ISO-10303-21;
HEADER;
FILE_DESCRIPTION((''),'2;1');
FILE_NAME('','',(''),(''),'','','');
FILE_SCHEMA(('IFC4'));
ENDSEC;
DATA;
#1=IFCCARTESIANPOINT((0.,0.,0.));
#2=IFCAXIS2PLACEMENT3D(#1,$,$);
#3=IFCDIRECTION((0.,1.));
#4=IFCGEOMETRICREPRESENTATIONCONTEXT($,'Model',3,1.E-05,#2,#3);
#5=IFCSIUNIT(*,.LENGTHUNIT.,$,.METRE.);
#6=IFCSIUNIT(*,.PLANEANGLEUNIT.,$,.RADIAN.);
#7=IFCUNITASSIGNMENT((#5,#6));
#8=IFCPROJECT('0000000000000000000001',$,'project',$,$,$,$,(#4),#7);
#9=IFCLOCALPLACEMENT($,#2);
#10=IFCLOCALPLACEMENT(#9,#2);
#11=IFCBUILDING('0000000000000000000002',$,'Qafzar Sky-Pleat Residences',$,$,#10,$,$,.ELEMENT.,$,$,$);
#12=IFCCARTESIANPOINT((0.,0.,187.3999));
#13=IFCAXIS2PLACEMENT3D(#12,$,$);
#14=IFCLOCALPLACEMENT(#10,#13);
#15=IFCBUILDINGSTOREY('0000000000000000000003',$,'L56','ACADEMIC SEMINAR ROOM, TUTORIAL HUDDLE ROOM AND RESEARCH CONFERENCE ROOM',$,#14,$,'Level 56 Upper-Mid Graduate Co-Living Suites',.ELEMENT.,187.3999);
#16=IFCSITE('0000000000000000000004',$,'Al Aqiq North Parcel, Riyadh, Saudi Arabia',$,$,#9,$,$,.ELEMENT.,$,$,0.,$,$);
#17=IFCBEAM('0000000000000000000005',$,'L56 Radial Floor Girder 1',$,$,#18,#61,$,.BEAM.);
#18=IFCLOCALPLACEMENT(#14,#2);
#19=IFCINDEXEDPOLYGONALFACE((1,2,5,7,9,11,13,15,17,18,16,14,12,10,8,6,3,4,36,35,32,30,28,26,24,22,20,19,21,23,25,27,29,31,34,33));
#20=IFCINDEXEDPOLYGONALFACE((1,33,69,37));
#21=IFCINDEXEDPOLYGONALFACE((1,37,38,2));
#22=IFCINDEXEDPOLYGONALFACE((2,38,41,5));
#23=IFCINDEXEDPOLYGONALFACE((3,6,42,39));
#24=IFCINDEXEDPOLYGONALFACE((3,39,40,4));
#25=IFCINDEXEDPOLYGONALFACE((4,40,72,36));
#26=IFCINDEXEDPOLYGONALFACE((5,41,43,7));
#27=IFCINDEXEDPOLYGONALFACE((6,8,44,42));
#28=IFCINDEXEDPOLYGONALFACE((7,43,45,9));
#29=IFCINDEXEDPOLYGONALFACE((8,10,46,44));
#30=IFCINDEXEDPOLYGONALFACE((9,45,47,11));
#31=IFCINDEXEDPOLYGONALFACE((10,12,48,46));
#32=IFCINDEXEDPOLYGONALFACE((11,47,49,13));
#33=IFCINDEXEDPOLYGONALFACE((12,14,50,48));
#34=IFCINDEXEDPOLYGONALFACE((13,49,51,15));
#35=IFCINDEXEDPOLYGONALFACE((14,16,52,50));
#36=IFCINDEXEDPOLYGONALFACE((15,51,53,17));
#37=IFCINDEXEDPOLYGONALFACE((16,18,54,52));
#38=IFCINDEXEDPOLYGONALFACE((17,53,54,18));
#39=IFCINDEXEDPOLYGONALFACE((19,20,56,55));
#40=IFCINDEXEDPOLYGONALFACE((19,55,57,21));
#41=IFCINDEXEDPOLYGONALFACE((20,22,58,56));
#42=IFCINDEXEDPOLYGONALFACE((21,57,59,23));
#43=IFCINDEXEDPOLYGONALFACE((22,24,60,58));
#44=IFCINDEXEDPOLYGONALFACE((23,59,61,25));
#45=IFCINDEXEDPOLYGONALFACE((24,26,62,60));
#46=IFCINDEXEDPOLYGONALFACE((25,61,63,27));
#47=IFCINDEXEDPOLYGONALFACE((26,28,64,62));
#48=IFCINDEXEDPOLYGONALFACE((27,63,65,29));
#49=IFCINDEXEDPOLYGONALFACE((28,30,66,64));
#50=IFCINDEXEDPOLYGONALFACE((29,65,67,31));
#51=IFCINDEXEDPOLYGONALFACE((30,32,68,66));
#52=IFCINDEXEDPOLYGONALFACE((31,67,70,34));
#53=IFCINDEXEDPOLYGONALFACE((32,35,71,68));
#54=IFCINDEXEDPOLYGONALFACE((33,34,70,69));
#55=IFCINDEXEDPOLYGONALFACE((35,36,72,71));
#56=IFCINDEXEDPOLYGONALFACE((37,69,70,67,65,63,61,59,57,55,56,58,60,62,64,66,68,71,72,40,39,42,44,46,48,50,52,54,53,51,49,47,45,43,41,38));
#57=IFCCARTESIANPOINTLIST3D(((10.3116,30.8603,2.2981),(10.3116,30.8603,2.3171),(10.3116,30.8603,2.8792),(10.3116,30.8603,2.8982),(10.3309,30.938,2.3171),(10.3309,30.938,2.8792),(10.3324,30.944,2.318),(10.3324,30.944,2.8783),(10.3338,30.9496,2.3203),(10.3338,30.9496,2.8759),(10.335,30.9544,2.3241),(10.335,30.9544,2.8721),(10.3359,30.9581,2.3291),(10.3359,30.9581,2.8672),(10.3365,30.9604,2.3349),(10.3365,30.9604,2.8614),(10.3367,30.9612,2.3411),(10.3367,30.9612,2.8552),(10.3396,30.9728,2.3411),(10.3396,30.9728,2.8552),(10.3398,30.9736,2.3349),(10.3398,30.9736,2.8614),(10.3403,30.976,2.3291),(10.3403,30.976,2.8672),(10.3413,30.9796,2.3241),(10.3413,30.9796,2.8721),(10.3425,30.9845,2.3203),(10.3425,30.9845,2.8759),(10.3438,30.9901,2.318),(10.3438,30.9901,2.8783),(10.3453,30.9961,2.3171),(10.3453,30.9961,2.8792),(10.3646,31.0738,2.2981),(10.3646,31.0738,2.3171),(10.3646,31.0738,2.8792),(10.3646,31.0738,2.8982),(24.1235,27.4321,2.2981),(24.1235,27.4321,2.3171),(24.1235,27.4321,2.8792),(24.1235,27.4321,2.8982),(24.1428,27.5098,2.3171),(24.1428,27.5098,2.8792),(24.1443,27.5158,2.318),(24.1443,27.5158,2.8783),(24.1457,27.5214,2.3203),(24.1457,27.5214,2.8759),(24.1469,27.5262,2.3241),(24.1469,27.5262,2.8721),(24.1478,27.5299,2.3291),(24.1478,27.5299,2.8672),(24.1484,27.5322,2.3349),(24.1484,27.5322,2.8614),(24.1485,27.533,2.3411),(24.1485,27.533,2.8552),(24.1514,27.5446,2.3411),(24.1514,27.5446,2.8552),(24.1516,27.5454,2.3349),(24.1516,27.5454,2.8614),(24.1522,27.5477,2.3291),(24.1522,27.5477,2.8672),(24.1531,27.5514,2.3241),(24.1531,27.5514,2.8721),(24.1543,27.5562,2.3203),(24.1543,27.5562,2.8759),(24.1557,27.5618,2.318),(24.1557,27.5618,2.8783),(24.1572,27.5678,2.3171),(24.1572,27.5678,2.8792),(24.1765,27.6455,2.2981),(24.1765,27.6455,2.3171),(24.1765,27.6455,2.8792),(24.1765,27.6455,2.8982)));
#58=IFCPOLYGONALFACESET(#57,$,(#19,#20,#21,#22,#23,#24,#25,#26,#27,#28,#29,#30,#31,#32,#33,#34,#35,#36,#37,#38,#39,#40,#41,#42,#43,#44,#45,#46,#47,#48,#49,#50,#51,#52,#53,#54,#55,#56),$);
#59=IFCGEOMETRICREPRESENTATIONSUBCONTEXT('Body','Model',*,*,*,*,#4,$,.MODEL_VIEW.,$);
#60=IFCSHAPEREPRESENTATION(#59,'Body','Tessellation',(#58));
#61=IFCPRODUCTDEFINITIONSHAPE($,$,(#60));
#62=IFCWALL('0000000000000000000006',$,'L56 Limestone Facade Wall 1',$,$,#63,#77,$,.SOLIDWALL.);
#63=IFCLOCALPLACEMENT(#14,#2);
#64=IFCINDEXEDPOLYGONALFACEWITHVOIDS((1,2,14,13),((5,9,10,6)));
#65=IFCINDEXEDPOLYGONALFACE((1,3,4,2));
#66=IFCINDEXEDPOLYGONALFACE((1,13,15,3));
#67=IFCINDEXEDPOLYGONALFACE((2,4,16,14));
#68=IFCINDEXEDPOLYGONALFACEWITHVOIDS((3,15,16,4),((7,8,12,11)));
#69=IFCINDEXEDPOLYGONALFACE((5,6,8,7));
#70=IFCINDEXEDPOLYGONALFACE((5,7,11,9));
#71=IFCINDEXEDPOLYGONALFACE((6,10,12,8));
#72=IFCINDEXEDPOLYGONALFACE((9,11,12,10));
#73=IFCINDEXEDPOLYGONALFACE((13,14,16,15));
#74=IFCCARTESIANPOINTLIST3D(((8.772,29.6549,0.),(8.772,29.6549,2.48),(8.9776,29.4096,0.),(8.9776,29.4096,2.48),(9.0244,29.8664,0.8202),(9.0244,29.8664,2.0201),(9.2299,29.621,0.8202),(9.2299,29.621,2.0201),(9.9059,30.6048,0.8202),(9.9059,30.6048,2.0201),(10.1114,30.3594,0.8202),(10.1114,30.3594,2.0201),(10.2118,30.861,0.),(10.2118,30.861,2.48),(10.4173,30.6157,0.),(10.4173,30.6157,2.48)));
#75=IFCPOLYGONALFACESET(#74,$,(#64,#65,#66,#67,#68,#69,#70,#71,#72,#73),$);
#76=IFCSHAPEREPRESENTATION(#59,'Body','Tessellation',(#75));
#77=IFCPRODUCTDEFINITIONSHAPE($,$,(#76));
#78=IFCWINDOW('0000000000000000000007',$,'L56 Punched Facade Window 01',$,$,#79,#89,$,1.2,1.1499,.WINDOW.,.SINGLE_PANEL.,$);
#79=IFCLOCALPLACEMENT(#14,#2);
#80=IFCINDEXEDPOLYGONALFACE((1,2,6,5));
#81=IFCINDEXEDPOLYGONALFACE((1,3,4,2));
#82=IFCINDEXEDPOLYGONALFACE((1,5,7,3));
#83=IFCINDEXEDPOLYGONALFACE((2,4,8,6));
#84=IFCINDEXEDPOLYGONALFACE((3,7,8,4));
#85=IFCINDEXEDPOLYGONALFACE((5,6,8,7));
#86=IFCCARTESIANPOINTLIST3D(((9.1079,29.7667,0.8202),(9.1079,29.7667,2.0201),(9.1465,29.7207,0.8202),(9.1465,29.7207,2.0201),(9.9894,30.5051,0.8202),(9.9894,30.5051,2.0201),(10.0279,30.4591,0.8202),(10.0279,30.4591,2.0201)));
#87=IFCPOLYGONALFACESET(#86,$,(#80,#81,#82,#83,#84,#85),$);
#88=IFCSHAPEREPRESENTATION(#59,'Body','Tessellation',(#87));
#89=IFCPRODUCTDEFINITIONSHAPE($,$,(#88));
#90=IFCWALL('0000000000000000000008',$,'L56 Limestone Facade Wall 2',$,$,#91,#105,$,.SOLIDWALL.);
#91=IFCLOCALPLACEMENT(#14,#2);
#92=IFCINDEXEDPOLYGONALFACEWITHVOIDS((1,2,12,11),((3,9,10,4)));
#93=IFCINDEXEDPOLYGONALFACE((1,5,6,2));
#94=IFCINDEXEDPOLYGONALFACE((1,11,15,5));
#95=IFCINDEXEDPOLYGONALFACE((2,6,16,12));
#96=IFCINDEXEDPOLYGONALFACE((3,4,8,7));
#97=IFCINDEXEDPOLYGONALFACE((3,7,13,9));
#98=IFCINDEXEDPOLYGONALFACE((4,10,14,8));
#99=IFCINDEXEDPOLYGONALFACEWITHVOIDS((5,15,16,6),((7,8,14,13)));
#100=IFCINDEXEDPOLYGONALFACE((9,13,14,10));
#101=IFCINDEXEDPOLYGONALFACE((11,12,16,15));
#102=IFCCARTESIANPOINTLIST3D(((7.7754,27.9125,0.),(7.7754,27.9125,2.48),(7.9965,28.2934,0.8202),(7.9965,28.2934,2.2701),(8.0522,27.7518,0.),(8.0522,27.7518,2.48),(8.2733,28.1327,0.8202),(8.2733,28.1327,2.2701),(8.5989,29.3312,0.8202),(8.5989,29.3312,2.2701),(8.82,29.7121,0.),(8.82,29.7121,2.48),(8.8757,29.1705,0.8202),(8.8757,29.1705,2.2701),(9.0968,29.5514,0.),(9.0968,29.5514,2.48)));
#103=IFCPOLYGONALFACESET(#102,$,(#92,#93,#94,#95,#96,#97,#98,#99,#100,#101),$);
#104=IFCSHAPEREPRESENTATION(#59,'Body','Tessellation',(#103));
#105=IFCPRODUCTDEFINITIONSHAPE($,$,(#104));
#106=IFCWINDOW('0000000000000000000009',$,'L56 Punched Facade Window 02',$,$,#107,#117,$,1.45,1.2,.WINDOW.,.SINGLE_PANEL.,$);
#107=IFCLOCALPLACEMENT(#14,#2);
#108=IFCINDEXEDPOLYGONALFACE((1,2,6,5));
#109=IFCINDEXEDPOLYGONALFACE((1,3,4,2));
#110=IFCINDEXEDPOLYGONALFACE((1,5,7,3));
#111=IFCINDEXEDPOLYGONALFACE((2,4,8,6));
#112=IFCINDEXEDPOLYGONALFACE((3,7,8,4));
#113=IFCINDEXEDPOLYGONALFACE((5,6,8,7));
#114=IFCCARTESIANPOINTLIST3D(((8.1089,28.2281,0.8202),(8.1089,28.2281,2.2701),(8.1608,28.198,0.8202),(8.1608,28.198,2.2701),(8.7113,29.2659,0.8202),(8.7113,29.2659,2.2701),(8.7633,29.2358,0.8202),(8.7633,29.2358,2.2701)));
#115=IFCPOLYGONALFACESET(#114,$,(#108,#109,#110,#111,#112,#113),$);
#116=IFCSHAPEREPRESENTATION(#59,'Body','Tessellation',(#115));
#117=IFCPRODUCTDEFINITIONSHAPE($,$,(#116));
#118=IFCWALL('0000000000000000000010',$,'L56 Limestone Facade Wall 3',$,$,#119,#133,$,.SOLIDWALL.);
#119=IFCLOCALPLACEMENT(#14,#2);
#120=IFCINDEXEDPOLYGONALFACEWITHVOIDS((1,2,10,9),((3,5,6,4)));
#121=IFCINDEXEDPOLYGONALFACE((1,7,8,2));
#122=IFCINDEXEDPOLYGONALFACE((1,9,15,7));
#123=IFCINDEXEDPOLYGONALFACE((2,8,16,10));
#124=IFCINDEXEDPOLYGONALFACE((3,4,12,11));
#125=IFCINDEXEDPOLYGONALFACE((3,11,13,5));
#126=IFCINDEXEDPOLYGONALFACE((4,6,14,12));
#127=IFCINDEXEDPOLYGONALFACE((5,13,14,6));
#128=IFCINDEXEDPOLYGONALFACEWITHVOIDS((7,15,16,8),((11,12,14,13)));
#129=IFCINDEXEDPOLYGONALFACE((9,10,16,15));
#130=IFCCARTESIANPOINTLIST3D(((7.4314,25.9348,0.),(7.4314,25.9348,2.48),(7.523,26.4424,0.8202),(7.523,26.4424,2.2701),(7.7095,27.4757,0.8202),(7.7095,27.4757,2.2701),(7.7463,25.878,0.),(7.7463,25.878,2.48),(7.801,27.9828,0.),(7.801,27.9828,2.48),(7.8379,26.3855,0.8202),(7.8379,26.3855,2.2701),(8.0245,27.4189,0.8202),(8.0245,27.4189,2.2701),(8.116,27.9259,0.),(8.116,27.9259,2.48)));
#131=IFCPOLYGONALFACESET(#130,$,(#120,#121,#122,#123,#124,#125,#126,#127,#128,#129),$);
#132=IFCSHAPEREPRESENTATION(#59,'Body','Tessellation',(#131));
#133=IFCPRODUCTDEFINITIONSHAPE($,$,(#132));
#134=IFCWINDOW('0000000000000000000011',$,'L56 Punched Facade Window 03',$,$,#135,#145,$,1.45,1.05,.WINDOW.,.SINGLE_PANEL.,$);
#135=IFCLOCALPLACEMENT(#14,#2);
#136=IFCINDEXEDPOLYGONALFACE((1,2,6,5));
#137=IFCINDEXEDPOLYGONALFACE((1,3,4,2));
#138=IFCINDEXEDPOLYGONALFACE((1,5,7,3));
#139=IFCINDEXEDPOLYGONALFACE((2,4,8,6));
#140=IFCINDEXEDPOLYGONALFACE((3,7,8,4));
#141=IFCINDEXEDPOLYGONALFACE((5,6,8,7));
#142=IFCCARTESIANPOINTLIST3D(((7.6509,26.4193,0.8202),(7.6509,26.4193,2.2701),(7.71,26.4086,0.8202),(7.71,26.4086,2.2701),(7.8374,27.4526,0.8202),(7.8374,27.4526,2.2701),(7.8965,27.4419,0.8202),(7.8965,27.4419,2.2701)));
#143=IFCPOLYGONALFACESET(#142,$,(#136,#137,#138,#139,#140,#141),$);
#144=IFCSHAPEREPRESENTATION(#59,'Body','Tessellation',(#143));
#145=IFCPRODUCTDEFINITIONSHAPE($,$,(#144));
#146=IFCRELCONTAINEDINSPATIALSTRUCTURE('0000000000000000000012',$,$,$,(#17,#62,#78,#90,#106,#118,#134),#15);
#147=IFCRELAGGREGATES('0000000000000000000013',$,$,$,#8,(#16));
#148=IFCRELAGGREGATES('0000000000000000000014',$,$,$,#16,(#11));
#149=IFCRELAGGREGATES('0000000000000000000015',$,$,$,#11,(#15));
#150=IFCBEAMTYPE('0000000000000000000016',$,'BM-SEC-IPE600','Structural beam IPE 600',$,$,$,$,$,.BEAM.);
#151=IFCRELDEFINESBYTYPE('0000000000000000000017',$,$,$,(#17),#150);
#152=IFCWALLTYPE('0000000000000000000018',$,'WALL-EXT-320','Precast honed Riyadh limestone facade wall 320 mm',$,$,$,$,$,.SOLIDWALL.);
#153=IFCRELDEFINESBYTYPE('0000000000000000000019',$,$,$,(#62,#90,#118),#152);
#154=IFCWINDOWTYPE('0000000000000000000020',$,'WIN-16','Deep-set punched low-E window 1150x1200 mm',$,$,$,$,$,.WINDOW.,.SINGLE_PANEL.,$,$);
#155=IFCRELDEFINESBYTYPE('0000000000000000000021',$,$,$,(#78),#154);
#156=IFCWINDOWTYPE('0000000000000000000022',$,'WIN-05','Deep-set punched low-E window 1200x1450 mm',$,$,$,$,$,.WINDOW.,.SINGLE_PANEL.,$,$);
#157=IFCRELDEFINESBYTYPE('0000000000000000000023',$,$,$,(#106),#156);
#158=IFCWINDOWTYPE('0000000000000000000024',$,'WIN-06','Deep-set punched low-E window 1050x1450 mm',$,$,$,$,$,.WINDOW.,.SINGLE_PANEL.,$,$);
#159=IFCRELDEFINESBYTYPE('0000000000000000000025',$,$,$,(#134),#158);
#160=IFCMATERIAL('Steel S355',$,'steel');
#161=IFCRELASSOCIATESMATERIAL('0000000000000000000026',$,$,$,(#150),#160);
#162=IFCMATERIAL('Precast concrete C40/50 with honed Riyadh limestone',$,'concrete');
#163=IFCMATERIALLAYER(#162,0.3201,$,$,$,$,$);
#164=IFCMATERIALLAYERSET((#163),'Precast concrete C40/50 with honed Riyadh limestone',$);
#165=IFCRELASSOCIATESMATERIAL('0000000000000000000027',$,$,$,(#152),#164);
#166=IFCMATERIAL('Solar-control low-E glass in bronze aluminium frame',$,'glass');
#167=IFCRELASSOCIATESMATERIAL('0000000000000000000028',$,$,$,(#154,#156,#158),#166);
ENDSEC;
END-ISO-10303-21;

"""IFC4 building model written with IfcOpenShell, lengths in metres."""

from ifc_helpers import new_model, si_unit, direction, frame, frame_2d, origin, origin_2d, place, context, subcontext, project, spatial, rectangle, i_section, extrude, source, transform, mapped, material, layer, layer_set, material_profile, profile_set, type_object, element, fill, save


model = new_model("IFC4")

# Units and contexts
model_context = context("Model", 3, precision=1e-05, world=origin(), true_north=direction((0.0, 1.0)))
body_context = subcontext(model_context, "Body", "Model", "MODEL_VIEW")
ifc_project = project(units=[si_unit("LENGTHUNIT", "METRE"), si_unit("PLANEANGLEUNIT", "RADIAN")], contexts=[model_context])

# Site, building, storey
site_placement = place(None, origin())
site = spatial("IfcSite", under=ifc_project, at=site_placement, Name="Al Aqiq North Parcel, Riyadh, Saudi Arabia", CompositionType="ELEMENT", RefElevation=0.0)
building_placement = place(site_placement, origin())
building = spatial("IfcBuilding", under=site, at=building_placement, Name="Qafzar Sky-Pleat Residences", CompositionType="ELEMENT")
storey_placement = place(building_placement, frame((0.0, 0.0, 187.3999)))
storey = spatial("IfcBuildingStorey", under=building, at=storey_placement, Name="L56", Description="ACADEMIC SEMINAR ROOM, TUTORIAL HUDDLE ROOM AND RESEARCH CONFERENCE ROOM", LongName="Level 56 Upper-Mid Graduate Co-Living Suites", CompositionType="ELEMENT", Elevation=187.3999)

# Shared definitions
ifc_material_1 = material(Name="Steel S355", Category="steel")

# Beam
ifc_material_profile_1 = material_profile(ifc_material_1, i_section(OverallWidth=0.22, OverallDepth=0.6001, WebThickness=0.012, FlangeThickness=0.019, FilletRadius=0.0239, at=origin_2d()), Name="IPE 600")
ifc_profile_set_1 = profile_set([ifc_material_profile_1], Name="Steel S355")
beam_type_1 = type_object("IfcBeamType", Name="BM-SEC-IPE600", Description="Structural beam IPE 600", PredefinedType="BEAM", material=ifc_profile_set_1)
shared_shape_1 = source(origin(), body_context, "Body", "SweptSolid", [
    extrude(i_section(OverallWidth=0.22, OverallDepth=0.6001, WebThickness=0.012, FlangeThickness=0.019, FilletRadius=0.0239, at=origin_2d()), origin(), (0.0, 0.0, 1.0), 14.231),
])
beam_1_placement = place(storey_placement, frame((10.3381, 30.967, 2.5981), z_axis=(0.97055, -0.2409, 0.0), x_axis=(0.2409, 0.97055, 0.0)))
element("IfcBeam", 1, at=beam_1_placement, inside=storey, type_object=beam_type_1, Name="L56 Radial Floor Girder 1", PredefinedType="BEAM", context=body_context, shape_type="MappedRepresentation", body=[
    mapped(shared_shape_1, transform((0.0, 0.0, 0.0), x_axis=(1.0, 0.0, 0.0), y_axis=(0.0, 1.0, 0.0), z_axis=(0.0, 0.0, 1.0), scale=1.0)),
])

# Walls, openings, windows
ifc_material_2 = material(Name="Precast concrete C40/50 with honed Riyadh limestone", Category="concrete")
ifc_layer_1 = layer(ifc_material_2, 0.3201)
ifc_layer_set_1 = layer_set([ifc_layer_1], Name="Precast concrete C40/50 with honed Riyadh limestone")
wall_type_1 = type_object("IfcWallType", Name="WALL-EXT-320", Description="Precast honed Riyadh limestone facade wall 320 mm", PredefinedType="SOLIDWALL", material=ifc_layer_set_1)
wall_1_placement = place(storey_placement, frame((10.3145, 30.7383, 0.0), z_axis=(0.0, 0.0, 1.0), x_axis=(-0.766567, -0.642164, 0.0)))
wall_1 = element("IfcWall", 2, at=wall_1_placement, inside=storey, type_object=wall_type_1, Name="L56 Limestone Facade Wall 1", PredefinedType="SOLIDWALL", context=body_context, shape_type="SweptSolid", body=[
    extrude(rectangle(XDim=1.8782, YDim=0.3201, at=frame_2d((0.939, 0.0))), origin(), (0.0, 0.0, 1.0), 2.48),
])
opening_1_placement = place(wall_1_placement, frame((0.3989, 0.0, 0.8201)))
opening_1 = element("IfcOpeningElement", 3, at=opening_1_placement, cuts=wall_1, PredefinedType="OPENING", context=body_context, shape_type="SweptSolid", body=[
    extrude(rectangle(XDim=1.1499, YDim=1.2, at=frame_2d((0.575, 0.6001))), frame((0.0, 0.1699, 0.0), z_axis=(0.0, -1.0, 0.0), x_axis=(1.0, 0.0, 0.0)), (0.0, 0.0, 1.0), 0.3401),
])
ifc_material_3 = material(Name="Solar-control low-E glass in bronze aluminium frame", Category="glass")
window_type_1 = type_object("IfcWindowType", Name="WIN-16", Description="Deep-set punched low-E window 1150x1200 mm", PartitioningType="SINGLE_PANEL", PredefinedType="WINDOW", material=ifc_material_3)
shared_shape_2 = source(origin(), body_context, "Body", "SweptSolid", [
    extrude(rectangle(XDim=1.1499, YDim=1.2, at=frame_2d((0.575, 0.6001))), frame((0.0, 0.03, 0.0), z_axis=(0.0, -1.0, 0.0), x_axis=(1.0, 0.0, 0.0)), (0.0, 0.0, 1.0), 0.0601),
])
window_1_placement = place(opening_1_placement, origin())
window_1 = element("IfcWindow", 4, at=window_1_placement, inside=storey, type_object=window_type_1, Name="L56 Punched Facade Window 01", OverallHeight=1.2, OverallWidth=1.1499, PartitioningType="SINGLE_PANEL", PredefinedType="WINDOW", context=body_context, shape_type="MappedRepresentation", body=[
    mapped(shared_shape_2, transform((0.0, 0.0, 0.0), x_axis=(1.0, 0.0, 0.0), y_axis=(0.0, 1.0, 0.0), z_axis=(0.0, 0.0, 1.0), scale=1.0)),
])
fill(opening_1, window_1)
wall_2_placement = place(storey_placement, frame((8.9585, 29.6318, 0.0), z_axis=(0.0, 0.0, 1.0), x_axis=(-0.502053, -0.864837, 0.0)))
wall_2 = element("IfcWall", 5, at=wall_2_placement, inside=storey, type_object=wall_type_1, Name="L56 Limestone Facade Wall 2", PredefinedType="SOLIDWALL", context=body_context, shape_type="SweptSolid", body=[
    extrude(rectangle(XDim=2.0808, YDim=0.3201, at=frame_2d((1.0405, 0.0))), origin(), (0.0, 0.0, 1.0), 2.48),
])
opening_2_placement = place(wall_2_placement, frame((0.4404, 0.0, 0.8201)))
opening_2 = element("IfcOpeningElement", 6, at=opening_2_placement, cuts=wall_2, PredefinedType="OPENING", context=body_context, shape_type="SweptSolid", body=[
    extrude(rectangle(XDim=1.2, YDim=1.45, at=frame_2d((0.6001, 0.7251))), frame((0.0, 0.1699, 0.0), z_axis=(0.0, -1.0, 0.0), x_axis=(1.0, 0.0, 0.0)), (0.0, 0.0, 1.0), 0.3401),
])
window_type_2 = type_object("IfcWindowType", Name="WIN-05", Description="Deep-set punched low-E window 1200x1450 mm", PartitioningType="SINGLE_PANEL", PredefinedType="WINDOW", material=ifc_material_3)
shared_shape_3 = source(origin(), body_context, "Body", "SweptSolid", [
    extrude(rectangle(XDim=1.2, YDim=1.45, at=frame_2d((0.6001, 0.7251))), frame((0.0, 0.03, 0.0), z_axis=(0.0, -1.0, 0.0), x_axis=(1.0, 0.0, 0.0)), (0.0, 0.0, 1.0), 0.0601),
])
window_2_placement = place(opening_2_placement, origin())
window_2 = element("IfcWindow", 7, at=window_2_placement, inside=storey, type_object=window_type_2, Name="L56 Punched Facade Window 02", OverallHeight=1.45, OverallWidth=1.2, PartitioningType="SINGLE_PANEL", PredefinedType="WINDOW", context=body_context, shape_type="MappedRepresentation", body=[
    mapped(shared_shape_3, transform((0.0, 0.0, 0.0), x_axis=(1.0, 0.0, 0.0), y_axis=(0.0, 1.0, 0.0), z_axis=(0.0, 0.0, 1.0), scale=1.0)),
])
fill(opening_2, window_2)
wall_3_placement = place(storey_placement, frame((7.9585, 27.9543, 0.0), z_axis=(0.0, 0.0, 1.0), x_axis=(-0.177626, -0.984098, 0.0)))
wall_3 = element("IfcWall", 8, at=wall_3_placement, inside=storey, type_object=wall_type_1, Name="L56 Limestone Facade Wall 3", PredefinedType="SOLIDWALL", context=body_context, shape_type="SweptSolid", body=[
    extrude(rectangle(XDim=2.0811, YDim=0.3201, at=frame_2d((1.0405, 0.0))), origin(), (0.0, 0.0, 1.0), 2.48),
])
opening_3_placement = place(wall_3_placement, frame((0.5154, 0.0, 0.8201)))
opening_3 = element("IfcOpeningElement", 9, at=opening_3_placement, cuts=wall_3, PredefinedType="OPENING", context=body_context, shape_type="SweptSolid", body=[
    extrude(rectangle(XDim=1.05, YDim=1.45, at=frame_2d((0.5249, 0.7251))), frame((0.0, 0.1699, 0.0), z_axis=(0.0, -1.0, 0.0), x_axis=(1.0, 0.0, 0.0)), (0.0, 0.0, 1.0), 0.3401),
])
window_type_3 = type_object("IfcWindowType", Name="WIN-06", Description="Deep-set punched low-E window 1050x1450 mm", PartitioningType="SINGLE_PANEL", PredefinedType="WINDOW", material=ifc_material_3)
shared_shape_4 = source(origin(), body_context, "Body", "SweptSolid", [
    extrude(rectangle(XDim=1.05, YDim=1.45, at=frame_2d((0.5249, 0.7251))), frame((0.0, 0.03, 0.0), z_axis=(0.0, -1.0, 0.0), x_axis=(1.0, 0.0, 0.0)), (0.0, 0.0, 1.0), 0.0601),
])
window_3_placement = place(opening_3_placement, origin())
window_3 = element("IfcWindow", 10, at=window_3_placement, inside=storey, type_object=window_type_3, Name="L56 Punched Facade Window 03", OverallHeight=1.45, OverallWidth=1.05, PartitioningType="SINGLE_PANEL", PredefinedType="WINDOW", context=body_context, shape_type="MappedRepresentation", body=[
    mapped(shared_shape_4, transform((0.0, 0.0, 0.0), x_axis=(1.0, 0.0, 0.0), y_axis=(0.0, 1.0, 0.0), z_axis=(0.0, 0.0, 1.0), scale=1.0)),
])
fill(opening_3, window_3)

save(model, "model.ifc")
